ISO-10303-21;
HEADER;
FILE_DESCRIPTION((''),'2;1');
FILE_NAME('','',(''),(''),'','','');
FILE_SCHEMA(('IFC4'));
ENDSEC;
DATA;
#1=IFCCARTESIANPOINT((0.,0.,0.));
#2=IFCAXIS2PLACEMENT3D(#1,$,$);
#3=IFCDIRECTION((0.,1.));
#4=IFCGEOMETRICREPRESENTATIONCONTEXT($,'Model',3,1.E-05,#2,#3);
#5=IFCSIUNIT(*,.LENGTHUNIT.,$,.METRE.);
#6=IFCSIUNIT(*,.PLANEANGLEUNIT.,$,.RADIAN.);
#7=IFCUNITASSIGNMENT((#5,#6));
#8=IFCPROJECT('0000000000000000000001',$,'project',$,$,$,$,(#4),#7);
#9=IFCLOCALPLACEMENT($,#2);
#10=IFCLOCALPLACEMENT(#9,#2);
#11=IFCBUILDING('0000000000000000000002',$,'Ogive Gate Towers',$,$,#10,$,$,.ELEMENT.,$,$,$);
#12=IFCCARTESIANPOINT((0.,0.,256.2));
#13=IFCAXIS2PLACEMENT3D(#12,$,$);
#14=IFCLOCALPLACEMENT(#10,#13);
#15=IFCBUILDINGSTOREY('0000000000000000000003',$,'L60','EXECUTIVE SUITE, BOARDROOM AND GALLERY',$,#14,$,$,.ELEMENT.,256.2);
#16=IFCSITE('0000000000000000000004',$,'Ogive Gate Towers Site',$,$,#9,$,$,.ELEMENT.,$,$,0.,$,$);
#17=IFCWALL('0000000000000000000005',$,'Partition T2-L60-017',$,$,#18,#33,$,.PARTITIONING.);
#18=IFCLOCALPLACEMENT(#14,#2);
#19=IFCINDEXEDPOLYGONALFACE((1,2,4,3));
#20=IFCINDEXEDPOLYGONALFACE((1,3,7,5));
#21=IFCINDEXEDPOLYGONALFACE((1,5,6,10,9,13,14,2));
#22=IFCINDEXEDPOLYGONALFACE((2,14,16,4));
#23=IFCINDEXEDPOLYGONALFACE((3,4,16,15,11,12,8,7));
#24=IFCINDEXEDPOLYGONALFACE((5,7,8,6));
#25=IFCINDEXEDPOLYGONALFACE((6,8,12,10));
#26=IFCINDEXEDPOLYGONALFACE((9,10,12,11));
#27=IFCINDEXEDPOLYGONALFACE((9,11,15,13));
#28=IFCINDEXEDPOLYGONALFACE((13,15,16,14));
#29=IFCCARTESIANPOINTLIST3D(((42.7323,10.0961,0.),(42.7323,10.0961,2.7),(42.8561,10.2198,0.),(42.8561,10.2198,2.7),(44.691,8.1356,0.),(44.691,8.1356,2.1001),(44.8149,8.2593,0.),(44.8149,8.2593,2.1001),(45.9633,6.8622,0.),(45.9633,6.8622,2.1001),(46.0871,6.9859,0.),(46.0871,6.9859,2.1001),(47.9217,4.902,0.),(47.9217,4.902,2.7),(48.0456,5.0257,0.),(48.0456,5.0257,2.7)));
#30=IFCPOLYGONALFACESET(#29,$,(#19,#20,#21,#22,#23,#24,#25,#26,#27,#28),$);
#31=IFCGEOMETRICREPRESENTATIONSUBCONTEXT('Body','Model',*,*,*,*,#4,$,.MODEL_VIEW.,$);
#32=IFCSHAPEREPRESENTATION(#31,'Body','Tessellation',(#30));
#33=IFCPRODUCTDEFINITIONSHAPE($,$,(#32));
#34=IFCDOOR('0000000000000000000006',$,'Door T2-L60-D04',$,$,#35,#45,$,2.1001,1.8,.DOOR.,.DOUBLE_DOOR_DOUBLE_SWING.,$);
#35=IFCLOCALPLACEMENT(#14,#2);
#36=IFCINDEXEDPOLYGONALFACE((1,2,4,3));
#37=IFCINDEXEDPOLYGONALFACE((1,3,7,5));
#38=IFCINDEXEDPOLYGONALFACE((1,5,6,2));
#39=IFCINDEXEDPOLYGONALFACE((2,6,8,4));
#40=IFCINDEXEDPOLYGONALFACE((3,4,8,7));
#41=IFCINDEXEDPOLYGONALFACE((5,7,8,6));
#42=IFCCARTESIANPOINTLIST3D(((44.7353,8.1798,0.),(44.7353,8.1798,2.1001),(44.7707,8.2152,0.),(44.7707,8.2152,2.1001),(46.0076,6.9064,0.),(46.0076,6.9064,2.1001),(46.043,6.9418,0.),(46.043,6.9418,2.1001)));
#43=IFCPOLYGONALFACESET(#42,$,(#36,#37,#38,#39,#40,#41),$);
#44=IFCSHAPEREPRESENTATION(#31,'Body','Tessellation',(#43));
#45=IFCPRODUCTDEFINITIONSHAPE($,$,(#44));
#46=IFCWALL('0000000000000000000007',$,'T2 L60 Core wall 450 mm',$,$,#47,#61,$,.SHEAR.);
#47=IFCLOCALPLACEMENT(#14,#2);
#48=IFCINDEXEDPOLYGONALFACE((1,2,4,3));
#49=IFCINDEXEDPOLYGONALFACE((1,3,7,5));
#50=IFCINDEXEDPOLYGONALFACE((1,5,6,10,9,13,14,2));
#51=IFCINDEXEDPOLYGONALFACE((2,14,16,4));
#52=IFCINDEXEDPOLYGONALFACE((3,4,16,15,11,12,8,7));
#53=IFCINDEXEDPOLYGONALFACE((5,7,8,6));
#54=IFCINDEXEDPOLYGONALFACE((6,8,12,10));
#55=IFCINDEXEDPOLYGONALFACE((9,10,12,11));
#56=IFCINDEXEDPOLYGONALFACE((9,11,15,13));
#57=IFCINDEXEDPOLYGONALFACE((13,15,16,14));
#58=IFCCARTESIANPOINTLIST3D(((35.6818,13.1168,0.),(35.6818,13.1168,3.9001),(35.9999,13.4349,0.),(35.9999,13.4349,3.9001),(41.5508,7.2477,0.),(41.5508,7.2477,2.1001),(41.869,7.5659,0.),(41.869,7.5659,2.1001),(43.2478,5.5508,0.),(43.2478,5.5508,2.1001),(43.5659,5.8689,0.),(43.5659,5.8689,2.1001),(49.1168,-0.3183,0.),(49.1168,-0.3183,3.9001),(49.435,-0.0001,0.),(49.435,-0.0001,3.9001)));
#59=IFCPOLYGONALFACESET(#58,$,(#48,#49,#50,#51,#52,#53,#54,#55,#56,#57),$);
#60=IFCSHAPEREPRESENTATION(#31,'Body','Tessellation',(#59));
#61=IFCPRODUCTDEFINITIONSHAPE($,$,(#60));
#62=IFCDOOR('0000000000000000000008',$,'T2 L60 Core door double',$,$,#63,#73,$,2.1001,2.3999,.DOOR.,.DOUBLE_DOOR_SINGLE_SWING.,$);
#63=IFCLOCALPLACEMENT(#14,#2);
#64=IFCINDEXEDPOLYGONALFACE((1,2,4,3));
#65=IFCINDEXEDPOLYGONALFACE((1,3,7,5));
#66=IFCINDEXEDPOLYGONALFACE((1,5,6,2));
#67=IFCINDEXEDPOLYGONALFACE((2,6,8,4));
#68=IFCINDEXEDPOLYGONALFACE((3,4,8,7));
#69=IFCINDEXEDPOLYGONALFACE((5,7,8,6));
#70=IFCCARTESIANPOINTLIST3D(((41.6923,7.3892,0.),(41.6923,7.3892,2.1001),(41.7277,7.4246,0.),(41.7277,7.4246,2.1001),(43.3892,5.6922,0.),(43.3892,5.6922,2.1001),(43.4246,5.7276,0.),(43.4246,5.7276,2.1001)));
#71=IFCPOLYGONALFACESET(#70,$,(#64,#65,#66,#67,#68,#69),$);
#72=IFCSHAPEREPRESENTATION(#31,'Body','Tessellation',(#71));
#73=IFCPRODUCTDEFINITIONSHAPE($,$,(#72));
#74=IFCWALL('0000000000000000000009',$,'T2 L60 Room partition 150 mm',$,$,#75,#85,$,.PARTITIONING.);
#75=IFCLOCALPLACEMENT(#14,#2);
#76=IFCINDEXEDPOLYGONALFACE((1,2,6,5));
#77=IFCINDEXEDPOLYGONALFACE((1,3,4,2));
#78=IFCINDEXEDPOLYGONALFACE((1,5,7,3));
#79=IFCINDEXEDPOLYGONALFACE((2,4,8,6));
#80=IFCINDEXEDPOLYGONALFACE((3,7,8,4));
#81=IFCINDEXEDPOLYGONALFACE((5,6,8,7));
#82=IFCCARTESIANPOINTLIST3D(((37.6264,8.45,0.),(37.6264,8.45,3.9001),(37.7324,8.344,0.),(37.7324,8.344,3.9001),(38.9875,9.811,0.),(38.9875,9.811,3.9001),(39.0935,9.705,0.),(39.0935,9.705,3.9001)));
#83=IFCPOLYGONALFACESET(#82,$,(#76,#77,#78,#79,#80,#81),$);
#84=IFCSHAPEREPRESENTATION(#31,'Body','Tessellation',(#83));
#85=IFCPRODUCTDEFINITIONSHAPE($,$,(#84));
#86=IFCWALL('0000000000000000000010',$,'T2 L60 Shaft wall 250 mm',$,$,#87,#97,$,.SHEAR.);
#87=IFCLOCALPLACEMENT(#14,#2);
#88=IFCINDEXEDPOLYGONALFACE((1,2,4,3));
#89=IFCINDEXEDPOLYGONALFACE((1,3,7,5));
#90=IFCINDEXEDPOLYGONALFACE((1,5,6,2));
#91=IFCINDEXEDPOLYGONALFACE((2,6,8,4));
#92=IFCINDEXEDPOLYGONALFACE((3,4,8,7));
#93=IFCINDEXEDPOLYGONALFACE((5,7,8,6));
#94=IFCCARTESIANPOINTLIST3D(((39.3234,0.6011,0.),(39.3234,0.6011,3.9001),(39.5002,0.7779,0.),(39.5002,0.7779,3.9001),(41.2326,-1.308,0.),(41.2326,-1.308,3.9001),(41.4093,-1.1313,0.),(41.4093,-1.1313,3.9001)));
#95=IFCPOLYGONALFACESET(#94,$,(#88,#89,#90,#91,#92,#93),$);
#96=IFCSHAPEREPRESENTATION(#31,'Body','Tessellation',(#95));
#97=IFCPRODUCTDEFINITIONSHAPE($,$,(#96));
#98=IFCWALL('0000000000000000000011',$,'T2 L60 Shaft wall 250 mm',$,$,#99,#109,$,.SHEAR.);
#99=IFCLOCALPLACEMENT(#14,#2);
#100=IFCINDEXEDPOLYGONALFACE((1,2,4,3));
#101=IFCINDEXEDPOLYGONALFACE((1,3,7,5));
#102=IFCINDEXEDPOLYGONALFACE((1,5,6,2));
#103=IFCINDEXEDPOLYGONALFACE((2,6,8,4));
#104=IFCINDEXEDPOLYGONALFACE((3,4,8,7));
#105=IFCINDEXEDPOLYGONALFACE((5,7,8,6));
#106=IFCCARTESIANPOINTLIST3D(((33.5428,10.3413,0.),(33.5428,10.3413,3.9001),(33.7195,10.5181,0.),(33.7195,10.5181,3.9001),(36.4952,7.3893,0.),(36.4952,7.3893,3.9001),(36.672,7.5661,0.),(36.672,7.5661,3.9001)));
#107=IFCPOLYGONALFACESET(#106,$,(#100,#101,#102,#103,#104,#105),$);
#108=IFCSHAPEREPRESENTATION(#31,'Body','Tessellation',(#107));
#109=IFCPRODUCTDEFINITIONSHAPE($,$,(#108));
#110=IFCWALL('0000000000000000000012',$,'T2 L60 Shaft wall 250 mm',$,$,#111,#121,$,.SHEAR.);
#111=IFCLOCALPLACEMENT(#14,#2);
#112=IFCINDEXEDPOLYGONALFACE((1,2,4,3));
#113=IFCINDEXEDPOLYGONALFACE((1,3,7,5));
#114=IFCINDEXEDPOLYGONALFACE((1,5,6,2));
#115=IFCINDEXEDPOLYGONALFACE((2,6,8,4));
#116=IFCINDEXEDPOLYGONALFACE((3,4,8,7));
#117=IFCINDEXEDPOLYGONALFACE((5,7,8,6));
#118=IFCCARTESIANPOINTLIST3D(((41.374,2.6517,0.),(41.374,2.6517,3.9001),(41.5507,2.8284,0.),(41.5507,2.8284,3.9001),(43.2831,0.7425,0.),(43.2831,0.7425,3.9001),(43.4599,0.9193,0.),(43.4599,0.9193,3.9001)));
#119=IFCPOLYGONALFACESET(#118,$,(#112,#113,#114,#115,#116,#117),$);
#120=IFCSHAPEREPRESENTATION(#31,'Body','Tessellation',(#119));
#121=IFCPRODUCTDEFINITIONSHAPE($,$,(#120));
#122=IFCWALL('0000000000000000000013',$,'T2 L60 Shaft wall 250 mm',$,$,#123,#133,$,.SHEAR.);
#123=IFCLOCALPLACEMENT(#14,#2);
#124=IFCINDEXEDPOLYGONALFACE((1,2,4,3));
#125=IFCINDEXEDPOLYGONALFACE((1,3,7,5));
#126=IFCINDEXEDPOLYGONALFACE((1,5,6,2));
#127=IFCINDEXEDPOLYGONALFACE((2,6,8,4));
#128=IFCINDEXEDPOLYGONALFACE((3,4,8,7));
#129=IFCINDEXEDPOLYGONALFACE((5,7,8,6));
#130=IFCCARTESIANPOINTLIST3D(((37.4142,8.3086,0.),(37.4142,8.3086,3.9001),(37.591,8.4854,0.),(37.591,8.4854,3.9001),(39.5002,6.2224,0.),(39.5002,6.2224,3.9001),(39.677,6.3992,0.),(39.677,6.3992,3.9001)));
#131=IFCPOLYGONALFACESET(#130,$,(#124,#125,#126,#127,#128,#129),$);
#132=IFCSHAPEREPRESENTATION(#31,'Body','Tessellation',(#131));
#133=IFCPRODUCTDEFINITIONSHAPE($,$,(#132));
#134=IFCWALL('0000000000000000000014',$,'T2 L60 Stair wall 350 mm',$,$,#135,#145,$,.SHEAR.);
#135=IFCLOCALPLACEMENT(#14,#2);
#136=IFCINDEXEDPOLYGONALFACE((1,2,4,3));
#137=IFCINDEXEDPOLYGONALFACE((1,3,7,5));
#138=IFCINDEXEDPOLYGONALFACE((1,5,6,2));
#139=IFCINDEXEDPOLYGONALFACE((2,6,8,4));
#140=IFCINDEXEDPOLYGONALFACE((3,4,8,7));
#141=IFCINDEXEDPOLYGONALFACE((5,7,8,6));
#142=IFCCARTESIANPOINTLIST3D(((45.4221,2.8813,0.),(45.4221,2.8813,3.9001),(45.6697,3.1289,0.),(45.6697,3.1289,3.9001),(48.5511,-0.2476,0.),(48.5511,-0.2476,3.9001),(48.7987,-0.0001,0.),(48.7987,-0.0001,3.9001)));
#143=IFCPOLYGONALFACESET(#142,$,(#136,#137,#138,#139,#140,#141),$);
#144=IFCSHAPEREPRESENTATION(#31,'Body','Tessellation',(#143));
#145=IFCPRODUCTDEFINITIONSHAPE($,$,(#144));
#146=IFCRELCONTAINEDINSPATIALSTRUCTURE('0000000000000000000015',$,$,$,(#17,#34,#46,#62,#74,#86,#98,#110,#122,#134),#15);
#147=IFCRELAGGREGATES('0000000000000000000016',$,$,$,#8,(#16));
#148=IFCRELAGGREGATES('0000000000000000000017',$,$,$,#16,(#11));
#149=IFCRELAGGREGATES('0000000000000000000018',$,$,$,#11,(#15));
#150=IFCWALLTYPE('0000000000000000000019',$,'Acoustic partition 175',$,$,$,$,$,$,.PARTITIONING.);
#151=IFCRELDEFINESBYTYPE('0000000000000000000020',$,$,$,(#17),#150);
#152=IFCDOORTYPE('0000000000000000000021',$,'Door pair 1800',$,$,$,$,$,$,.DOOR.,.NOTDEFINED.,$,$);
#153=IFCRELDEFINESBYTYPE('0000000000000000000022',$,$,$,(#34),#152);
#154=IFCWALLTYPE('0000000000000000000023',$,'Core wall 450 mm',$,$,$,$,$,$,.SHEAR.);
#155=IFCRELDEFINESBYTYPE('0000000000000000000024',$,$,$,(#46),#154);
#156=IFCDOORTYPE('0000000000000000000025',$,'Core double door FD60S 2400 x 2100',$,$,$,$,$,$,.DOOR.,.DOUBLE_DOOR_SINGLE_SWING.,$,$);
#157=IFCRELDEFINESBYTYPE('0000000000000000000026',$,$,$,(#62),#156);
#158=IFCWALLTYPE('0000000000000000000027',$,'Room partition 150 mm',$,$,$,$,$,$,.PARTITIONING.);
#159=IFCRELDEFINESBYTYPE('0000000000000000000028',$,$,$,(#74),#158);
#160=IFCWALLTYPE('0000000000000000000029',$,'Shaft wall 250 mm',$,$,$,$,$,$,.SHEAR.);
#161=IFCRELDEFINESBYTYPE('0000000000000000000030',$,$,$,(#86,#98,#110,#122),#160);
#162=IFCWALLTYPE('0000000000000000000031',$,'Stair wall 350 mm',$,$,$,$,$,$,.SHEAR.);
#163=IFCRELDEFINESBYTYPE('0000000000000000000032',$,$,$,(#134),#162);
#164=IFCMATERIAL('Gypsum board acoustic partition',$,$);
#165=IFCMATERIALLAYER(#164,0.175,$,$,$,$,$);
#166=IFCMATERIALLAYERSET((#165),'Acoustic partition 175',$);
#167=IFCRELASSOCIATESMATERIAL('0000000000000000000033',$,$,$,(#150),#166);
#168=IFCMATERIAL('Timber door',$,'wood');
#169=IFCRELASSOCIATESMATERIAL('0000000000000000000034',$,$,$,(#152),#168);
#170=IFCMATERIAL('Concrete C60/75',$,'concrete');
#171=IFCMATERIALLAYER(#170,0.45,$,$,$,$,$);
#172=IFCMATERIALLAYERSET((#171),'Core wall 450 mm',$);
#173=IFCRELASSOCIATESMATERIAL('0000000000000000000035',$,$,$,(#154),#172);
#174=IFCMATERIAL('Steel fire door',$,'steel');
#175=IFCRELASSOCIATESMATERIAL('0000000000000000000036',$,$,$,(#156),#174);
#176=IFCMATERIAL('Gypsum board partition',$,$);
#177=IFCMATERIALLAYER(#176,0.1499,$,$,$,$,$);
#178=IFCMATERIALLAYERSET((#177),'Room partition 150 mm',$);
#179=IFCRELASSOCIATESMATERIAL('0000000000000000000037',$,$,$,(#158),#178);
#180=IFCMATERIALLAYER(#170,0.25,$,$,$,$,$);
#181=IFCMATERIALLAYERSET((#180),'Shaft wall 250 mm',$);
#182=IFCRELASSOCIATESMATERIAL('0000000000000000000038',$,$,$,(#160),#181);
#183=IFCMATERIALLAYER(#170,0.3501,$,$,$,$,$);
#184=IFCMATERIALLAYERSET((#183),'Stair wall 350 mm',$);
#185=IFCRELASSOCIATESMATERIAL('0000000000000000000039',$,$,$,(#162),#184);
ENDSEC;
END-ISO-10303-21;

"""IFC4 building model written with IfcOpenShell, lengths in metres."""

from ifc_helpers import new_model, si_unit, direction, frame, frame_2d, origin, place, context, subcontext, project, spatial, rectangle, extrude, material, layer, layer_set, type_object, element, fill, save


model = new_model("IFC4")

# Units and contexts
model_context = context("Model", 3, precision=1e-05, world=origin(), true_north=direction((0.0, 1.0)))
body_context = subcontext(model_context, "Body", "Model", "MODEL_VIEW")
ifc_project = project(units=[si_unit("LENGTHUNIT", "METRE"), si_unit("PLANEANGLEUNIT", "RADIAN")], contexts=[model_context])

# Site, building, storey
site_placement = place(None, origin())
site = spatial("IfcSite", under=ifc_project, at=site_placement, Name="Ogive Gate Towers Site", CompositionType="ELEMENT", RefElevation=0.0)
building_placement = place(site_placement, origin())
building = spatial("IfcBuilding", under=site, at=building_placement, Name="Ogive Gate Towers", CompositionType="ELEMENT")
storey_placement = place(building_placement, frame((0.0, 0.0, 256.2)))
storey = spatial("IfcBuildingStorey", under=building, at=storey_placement, Name="L60", Description="EXECUTIVE SUITE, BOARDROOM AND GALLERY", CompositionType="ELEMENT", Elevation=256.2)

# Walls, openings, doors
ifc_material_1 = material(Name="Gypsum board acoustic partition")
ifc_layer_1 = layer(ifc_material_1, 0.175)
ifc_layer_set_1 = layer_set([ifc_layer_1], Name="Acoustic partition 175")
wall_type_1 = type_object("IfcWallType", Name="Acoustic partition 175", PredefinedType="PARTITIONING", material=ifc_layer_set_1)
ifc_material_2 = material(Name="Timber door", Category="wood")
wall_1_placement = place(storey_placement, frame((47.9836, 4.9639, 0.0), z_axis=(0.0, 0.0, 1.0), x_axis=(-0.706791, 0.707423, 0.0)))
wall_1 = element("IfcWall", 1, at=wall_1_placement, inside=storey, type_object=wall_type_1, Name="Partition T2-L60-017", PredefinedType="PARTITIONING", context=body_context, shape_type="SweptSolid", body=[
    extrude(rectangle(XDim=7.3423, YDim=0.175, at=frame_2d((3.6711, 0.0))), origin(), (0.0, 0.0, 1.0), 2.7),
])
opening_1_placement = place(wall_1_placement, frame((2.771, 0.0, 0.0)))
opening_1 = element("IfcOpeningElement", 2, at=opening_1_placement, cuts=wall_1, PredefinedType="OPENING", context=body_context, shape_type="SweptSolid", body=[
    extrude(rectangle(XDim=1.8, YDim=2.1001, at=frame_2d((0.8999, 1.05))), frame((0.0, 0.0977, 0.0), z_axis=(0.0, -1.0, 0.0), x_axis=(1.0, 0.0, 0.0)), (0.0, 0.0, 1.0), 0.1951),
])
door_type_1 = type_object("IfcDoorType", Name="Door pair 1800", OperationType="NOTDEFINED", PredefinedType="DOOR", material=ifc_material_2)
door_1_placement = place(opening_1_placement, origin())
door_1 = element("IfcDoor", 3, at=door_1_placement, inside=storey, type_object=door_type_1, Name="Door T2-L60-D04", OperationType="DOUBLE_DOOR_DOUBLE_SWING", OverallHeight=2.1001, OverallWidth=1.8, PredefinedType="DOOR", context=body_context, shape_type="SweptSolid", body=[
    extrude(rectangle(XDim=1.8, YDim=2.1001, at=frame_2d((0.8999, 1.05))), frame((0.0, 0.0249, 0.0), z_axis=(0.0, -1.0, 0.0), x_axis=(1.0, 0.0, 0.0)), (0.0, 0.0, 1.0), 0.05),
])
fill(opening_1, door_1)
ifc_material_3 = material(Name="Concrete C60/75", Category="concrete")
ifc_layer_2 = layer(ifc_material_3, 0.45)
ifc_layer_set_2 = layer_set([ifc_layer_2], Name="Core wall 450 mm")
wall_type_2 = type_object("IfcWallType", Name="Core wall 450 mm", PredefinedType="SHEAR", material=ifc_layer_set_2)
wall_2_placement = place(storey_placement, frame((49.2759, -0.1592, 0.0), z_axis=(0.0, 0.0, 1.0), x_axis=(-0.707107, 0.707107, 0.0)))
wall_2 = element("IfcWall", 4, at=wall_2_placement, inside=storey, type_object=wall_type_2, Name="T2 L60 Core wall 450 mm", PredefinedType="SHEAR", context=body_context, shape_type="SweptSolid", body=[
    extrude(rectangle(XDim=19.0, YDim=0.45, at=frame_2d((9.5, 0.0))), origin(), (0.0, 0.0, 1.0), 3.9001),
])
opening_2_placement = place(wall_2_placement, frame((8.3, 0.0, 0.0)))
opening_2 = element("IfcOpeningElement", 5, at=opening_2_placement, cuts=wall_2, PredefinedType="OPENING", context=body_context, shape_type="SweptSolid", body=[
    extrude(rectangle(XDim=2.3999, YDim=2.1001, at=frame_2d((1.2, 1.05))), frame((0.0, 0.2349, 0.0), z_axis=(0.0, -1.0, 0.0), x_axis=(1.0, 0.0, 0.0)), (0.0, 0.0, 1.0), 0.47),
])
ifc_material_4 = material(Name="Steel fire door", Category="steel")
door_type_2 = type_object("IfcDoorType", Name="Core double door FD60S 2400 x 2100", OperationType="DOUBLE_DOOR_SINGLE_SWING", PredefinedType="DOOR", material=ifc_material_4)
door_2_placement = place(opening_2_placement, origin())
door_2 = element("IfcDoor", 6, at=door_2_placement, inside=storey, type_object=door_type_2, Name="T2 L60 Core door double", OperationType="DOUBLE_DOOR_SINGLE_SWING", OverallHeight=2.1001, OverallWidth=2.3999, PredefinedType="DOOR", context=body_context, shape_type="SweptSolid", body=[
    extrude(rectangle(XDim=2.3999, YDim=2.1001, at=frame_2d((1.2, 1.05))), frame((0.0, 0.0249, 0.0), z_axis=(0.0, -1.0, 0.0), x_axis=(1.0, 0.0, 0.0)), (0.0, 0.0, 1.0), 0.05),
])
fill(opening_2, door_2)

# Walls
ifc_material_5 = material(Name="Gypsum board partition")
ifc_layer_3 = layer(ifc_material_5, 0.1499)
ifc_layer_set_3 = layer_set([ifc_layer_3], Name="Room partition 150 mm")
wall_type_3 = type_object("IfcWallType", Name="Room partition 150 mm", PredefinedType="PARTITIONING", material=ifc_layer_set_3)
wall_3_placement = place(storey_placement, frame((37.6794, 8.397, 0.0), z_axis=(0.0, 0.0, 1.0), x_axis=(0.707107, 0.707107, 0.0)))
element("IfcWall", 7, at=wall_3_placement, inside=storey, type_object=wall_type_3, Name="T2 L60 Room partition 150 mm", PredefinedType="PARTITIONING", context=body_context, shape_type="SweptSolid", body=[
    extrude(rectangle(XDim=1.9248, YDim=0.1499, at=frame_2d((0.9624, 0.0))), origin(), (0.0, 0.0, 1.0), 3.9001),
])
ifc_layer_4 = layer(ifc_material_3, 0.25)
ifc_layer_set_4 = layer_set([ifc_layer_4], Name="Shaft wall 250 mm")
wall_type_4 = type_object("IfcWallType", Name="Shaft wall 250 mm", PredefinedType="SHEAR", material=ifc_layer_set_4)
wall_4_placement = place(storey_placement, frame((41.321, -1.2197, 0.0), z_axis=(0.0, 0.0, 1.0), x_axis=(-0.707107, 0.707107, 0.0)))
element("IfcWall", 8, at=wall_4_placement, inside=storey, type_object=wall_type_4, Name="T2 L60 Shaft wall 250 mm", PredefinedType="SHEAR", context=body_context, shape_type="SweptSolid", body=[
    extrude(rectangle(XDim=2.7, YDim=0.25, at=frame_2d((1.3501, 0.0))), origin(), (0.0, 0.0, 1.0), 3.9001),
])
wall_5_placement = place(storey_placement, frame((36.5835, 7.4778, 0.0), z_axis=(0.0, 0.0, 1.0), x_axis=(-0.707165, 0.707048, 0.0)))
element("IfcWall", 9, at=wall_5_placement, inside=storey, type_object=wall_type_4, Name="T2 L60 Shaft wall 250 mm", PredefinedType="SHEAR", context=body_context, shape_type="SweptSolid", body=[
    extrude(rectangle(XDim=4.175, YDim=0.25, at=frame_2d((2.0874, 0.0))), origin(), (0.0, 0.0, 1.0), 3.9001),
])
wall_6_placement = place(storey_placement, frame((43.3716, 0.8308, 0.0), z_axis=(0.0, 0.0, 1.0), x_axis=(-0.707107, 0.707107, 0.0)))
element("IfcWall", 10, at=wall_6_placement, inside=storey, type_object=wall_type_4, Name="T2 L60 Shaft wall 250 mm", PredefinedType="SHEAR", context=body_context, shape_type="SweptSolid", body=[
    extrude(rectangle(XDim=2.7, YDim=0.25, at=frame_2d((1.3501, 0.0))), origin(), (0.0, 0.0, 1.0), 3.9001),
])
wall_7_placement = place(storey_placement, frame((39.5886, 6.3108, 0.0), z_axis=(0.0, 0.0, 1.0), x_axis=(-0.707065, 0.707148, 0.0)))
element("IfcWall", 11, at=wall_7_placement, inside=storey, type_object=wall_type_4, Name="T2 L60 Shaft wall 250 mm", PredefinedType="SHEAR", context=body_context, shape_type="SweptSolid", body=[
    extrude(rectangle(XDim=2.9502, YDim=0.25, at=frame_2d((1.4751, 0.0))), origin(), (0.0, 0.0, 1.0), 3.9001),
])
ifc_layer_5 = layer(ifc_material_3, 0.3501)
ifc_layer_set_5 = layer_set([ifc_layer_5], Name="Stair wall 350 mm")
wall_type_5 = type_object("IfcWallType", Name="Stair wall 350 mm", PredefinedType="SHEAR", material=ifc_layer_set_5)
wall_8_placement = place(storey_placement, frame((48.6748, -0.1238, 0.0), z_axis=(0.0, 0.0, 1.0), x_axis=(-0.707107, 0.707107, 0.0)))
element("IfcWall", 12, at=wall_8_placement, inside=storey, type_object=wall_type_5, Name="T2 L60 Stair wall 350 mm", PredefinedType="SHEAR", context=body_context, shape_type="SweptSolid", body=[
    extrude(rectangle(XDim=4.425, YDim=0.3501, at=frame_2d((2.2124, 0.0))), origin(), (0.0, 0.0, 1.0), 3.9001),
])

save(model, "model.ifc")
